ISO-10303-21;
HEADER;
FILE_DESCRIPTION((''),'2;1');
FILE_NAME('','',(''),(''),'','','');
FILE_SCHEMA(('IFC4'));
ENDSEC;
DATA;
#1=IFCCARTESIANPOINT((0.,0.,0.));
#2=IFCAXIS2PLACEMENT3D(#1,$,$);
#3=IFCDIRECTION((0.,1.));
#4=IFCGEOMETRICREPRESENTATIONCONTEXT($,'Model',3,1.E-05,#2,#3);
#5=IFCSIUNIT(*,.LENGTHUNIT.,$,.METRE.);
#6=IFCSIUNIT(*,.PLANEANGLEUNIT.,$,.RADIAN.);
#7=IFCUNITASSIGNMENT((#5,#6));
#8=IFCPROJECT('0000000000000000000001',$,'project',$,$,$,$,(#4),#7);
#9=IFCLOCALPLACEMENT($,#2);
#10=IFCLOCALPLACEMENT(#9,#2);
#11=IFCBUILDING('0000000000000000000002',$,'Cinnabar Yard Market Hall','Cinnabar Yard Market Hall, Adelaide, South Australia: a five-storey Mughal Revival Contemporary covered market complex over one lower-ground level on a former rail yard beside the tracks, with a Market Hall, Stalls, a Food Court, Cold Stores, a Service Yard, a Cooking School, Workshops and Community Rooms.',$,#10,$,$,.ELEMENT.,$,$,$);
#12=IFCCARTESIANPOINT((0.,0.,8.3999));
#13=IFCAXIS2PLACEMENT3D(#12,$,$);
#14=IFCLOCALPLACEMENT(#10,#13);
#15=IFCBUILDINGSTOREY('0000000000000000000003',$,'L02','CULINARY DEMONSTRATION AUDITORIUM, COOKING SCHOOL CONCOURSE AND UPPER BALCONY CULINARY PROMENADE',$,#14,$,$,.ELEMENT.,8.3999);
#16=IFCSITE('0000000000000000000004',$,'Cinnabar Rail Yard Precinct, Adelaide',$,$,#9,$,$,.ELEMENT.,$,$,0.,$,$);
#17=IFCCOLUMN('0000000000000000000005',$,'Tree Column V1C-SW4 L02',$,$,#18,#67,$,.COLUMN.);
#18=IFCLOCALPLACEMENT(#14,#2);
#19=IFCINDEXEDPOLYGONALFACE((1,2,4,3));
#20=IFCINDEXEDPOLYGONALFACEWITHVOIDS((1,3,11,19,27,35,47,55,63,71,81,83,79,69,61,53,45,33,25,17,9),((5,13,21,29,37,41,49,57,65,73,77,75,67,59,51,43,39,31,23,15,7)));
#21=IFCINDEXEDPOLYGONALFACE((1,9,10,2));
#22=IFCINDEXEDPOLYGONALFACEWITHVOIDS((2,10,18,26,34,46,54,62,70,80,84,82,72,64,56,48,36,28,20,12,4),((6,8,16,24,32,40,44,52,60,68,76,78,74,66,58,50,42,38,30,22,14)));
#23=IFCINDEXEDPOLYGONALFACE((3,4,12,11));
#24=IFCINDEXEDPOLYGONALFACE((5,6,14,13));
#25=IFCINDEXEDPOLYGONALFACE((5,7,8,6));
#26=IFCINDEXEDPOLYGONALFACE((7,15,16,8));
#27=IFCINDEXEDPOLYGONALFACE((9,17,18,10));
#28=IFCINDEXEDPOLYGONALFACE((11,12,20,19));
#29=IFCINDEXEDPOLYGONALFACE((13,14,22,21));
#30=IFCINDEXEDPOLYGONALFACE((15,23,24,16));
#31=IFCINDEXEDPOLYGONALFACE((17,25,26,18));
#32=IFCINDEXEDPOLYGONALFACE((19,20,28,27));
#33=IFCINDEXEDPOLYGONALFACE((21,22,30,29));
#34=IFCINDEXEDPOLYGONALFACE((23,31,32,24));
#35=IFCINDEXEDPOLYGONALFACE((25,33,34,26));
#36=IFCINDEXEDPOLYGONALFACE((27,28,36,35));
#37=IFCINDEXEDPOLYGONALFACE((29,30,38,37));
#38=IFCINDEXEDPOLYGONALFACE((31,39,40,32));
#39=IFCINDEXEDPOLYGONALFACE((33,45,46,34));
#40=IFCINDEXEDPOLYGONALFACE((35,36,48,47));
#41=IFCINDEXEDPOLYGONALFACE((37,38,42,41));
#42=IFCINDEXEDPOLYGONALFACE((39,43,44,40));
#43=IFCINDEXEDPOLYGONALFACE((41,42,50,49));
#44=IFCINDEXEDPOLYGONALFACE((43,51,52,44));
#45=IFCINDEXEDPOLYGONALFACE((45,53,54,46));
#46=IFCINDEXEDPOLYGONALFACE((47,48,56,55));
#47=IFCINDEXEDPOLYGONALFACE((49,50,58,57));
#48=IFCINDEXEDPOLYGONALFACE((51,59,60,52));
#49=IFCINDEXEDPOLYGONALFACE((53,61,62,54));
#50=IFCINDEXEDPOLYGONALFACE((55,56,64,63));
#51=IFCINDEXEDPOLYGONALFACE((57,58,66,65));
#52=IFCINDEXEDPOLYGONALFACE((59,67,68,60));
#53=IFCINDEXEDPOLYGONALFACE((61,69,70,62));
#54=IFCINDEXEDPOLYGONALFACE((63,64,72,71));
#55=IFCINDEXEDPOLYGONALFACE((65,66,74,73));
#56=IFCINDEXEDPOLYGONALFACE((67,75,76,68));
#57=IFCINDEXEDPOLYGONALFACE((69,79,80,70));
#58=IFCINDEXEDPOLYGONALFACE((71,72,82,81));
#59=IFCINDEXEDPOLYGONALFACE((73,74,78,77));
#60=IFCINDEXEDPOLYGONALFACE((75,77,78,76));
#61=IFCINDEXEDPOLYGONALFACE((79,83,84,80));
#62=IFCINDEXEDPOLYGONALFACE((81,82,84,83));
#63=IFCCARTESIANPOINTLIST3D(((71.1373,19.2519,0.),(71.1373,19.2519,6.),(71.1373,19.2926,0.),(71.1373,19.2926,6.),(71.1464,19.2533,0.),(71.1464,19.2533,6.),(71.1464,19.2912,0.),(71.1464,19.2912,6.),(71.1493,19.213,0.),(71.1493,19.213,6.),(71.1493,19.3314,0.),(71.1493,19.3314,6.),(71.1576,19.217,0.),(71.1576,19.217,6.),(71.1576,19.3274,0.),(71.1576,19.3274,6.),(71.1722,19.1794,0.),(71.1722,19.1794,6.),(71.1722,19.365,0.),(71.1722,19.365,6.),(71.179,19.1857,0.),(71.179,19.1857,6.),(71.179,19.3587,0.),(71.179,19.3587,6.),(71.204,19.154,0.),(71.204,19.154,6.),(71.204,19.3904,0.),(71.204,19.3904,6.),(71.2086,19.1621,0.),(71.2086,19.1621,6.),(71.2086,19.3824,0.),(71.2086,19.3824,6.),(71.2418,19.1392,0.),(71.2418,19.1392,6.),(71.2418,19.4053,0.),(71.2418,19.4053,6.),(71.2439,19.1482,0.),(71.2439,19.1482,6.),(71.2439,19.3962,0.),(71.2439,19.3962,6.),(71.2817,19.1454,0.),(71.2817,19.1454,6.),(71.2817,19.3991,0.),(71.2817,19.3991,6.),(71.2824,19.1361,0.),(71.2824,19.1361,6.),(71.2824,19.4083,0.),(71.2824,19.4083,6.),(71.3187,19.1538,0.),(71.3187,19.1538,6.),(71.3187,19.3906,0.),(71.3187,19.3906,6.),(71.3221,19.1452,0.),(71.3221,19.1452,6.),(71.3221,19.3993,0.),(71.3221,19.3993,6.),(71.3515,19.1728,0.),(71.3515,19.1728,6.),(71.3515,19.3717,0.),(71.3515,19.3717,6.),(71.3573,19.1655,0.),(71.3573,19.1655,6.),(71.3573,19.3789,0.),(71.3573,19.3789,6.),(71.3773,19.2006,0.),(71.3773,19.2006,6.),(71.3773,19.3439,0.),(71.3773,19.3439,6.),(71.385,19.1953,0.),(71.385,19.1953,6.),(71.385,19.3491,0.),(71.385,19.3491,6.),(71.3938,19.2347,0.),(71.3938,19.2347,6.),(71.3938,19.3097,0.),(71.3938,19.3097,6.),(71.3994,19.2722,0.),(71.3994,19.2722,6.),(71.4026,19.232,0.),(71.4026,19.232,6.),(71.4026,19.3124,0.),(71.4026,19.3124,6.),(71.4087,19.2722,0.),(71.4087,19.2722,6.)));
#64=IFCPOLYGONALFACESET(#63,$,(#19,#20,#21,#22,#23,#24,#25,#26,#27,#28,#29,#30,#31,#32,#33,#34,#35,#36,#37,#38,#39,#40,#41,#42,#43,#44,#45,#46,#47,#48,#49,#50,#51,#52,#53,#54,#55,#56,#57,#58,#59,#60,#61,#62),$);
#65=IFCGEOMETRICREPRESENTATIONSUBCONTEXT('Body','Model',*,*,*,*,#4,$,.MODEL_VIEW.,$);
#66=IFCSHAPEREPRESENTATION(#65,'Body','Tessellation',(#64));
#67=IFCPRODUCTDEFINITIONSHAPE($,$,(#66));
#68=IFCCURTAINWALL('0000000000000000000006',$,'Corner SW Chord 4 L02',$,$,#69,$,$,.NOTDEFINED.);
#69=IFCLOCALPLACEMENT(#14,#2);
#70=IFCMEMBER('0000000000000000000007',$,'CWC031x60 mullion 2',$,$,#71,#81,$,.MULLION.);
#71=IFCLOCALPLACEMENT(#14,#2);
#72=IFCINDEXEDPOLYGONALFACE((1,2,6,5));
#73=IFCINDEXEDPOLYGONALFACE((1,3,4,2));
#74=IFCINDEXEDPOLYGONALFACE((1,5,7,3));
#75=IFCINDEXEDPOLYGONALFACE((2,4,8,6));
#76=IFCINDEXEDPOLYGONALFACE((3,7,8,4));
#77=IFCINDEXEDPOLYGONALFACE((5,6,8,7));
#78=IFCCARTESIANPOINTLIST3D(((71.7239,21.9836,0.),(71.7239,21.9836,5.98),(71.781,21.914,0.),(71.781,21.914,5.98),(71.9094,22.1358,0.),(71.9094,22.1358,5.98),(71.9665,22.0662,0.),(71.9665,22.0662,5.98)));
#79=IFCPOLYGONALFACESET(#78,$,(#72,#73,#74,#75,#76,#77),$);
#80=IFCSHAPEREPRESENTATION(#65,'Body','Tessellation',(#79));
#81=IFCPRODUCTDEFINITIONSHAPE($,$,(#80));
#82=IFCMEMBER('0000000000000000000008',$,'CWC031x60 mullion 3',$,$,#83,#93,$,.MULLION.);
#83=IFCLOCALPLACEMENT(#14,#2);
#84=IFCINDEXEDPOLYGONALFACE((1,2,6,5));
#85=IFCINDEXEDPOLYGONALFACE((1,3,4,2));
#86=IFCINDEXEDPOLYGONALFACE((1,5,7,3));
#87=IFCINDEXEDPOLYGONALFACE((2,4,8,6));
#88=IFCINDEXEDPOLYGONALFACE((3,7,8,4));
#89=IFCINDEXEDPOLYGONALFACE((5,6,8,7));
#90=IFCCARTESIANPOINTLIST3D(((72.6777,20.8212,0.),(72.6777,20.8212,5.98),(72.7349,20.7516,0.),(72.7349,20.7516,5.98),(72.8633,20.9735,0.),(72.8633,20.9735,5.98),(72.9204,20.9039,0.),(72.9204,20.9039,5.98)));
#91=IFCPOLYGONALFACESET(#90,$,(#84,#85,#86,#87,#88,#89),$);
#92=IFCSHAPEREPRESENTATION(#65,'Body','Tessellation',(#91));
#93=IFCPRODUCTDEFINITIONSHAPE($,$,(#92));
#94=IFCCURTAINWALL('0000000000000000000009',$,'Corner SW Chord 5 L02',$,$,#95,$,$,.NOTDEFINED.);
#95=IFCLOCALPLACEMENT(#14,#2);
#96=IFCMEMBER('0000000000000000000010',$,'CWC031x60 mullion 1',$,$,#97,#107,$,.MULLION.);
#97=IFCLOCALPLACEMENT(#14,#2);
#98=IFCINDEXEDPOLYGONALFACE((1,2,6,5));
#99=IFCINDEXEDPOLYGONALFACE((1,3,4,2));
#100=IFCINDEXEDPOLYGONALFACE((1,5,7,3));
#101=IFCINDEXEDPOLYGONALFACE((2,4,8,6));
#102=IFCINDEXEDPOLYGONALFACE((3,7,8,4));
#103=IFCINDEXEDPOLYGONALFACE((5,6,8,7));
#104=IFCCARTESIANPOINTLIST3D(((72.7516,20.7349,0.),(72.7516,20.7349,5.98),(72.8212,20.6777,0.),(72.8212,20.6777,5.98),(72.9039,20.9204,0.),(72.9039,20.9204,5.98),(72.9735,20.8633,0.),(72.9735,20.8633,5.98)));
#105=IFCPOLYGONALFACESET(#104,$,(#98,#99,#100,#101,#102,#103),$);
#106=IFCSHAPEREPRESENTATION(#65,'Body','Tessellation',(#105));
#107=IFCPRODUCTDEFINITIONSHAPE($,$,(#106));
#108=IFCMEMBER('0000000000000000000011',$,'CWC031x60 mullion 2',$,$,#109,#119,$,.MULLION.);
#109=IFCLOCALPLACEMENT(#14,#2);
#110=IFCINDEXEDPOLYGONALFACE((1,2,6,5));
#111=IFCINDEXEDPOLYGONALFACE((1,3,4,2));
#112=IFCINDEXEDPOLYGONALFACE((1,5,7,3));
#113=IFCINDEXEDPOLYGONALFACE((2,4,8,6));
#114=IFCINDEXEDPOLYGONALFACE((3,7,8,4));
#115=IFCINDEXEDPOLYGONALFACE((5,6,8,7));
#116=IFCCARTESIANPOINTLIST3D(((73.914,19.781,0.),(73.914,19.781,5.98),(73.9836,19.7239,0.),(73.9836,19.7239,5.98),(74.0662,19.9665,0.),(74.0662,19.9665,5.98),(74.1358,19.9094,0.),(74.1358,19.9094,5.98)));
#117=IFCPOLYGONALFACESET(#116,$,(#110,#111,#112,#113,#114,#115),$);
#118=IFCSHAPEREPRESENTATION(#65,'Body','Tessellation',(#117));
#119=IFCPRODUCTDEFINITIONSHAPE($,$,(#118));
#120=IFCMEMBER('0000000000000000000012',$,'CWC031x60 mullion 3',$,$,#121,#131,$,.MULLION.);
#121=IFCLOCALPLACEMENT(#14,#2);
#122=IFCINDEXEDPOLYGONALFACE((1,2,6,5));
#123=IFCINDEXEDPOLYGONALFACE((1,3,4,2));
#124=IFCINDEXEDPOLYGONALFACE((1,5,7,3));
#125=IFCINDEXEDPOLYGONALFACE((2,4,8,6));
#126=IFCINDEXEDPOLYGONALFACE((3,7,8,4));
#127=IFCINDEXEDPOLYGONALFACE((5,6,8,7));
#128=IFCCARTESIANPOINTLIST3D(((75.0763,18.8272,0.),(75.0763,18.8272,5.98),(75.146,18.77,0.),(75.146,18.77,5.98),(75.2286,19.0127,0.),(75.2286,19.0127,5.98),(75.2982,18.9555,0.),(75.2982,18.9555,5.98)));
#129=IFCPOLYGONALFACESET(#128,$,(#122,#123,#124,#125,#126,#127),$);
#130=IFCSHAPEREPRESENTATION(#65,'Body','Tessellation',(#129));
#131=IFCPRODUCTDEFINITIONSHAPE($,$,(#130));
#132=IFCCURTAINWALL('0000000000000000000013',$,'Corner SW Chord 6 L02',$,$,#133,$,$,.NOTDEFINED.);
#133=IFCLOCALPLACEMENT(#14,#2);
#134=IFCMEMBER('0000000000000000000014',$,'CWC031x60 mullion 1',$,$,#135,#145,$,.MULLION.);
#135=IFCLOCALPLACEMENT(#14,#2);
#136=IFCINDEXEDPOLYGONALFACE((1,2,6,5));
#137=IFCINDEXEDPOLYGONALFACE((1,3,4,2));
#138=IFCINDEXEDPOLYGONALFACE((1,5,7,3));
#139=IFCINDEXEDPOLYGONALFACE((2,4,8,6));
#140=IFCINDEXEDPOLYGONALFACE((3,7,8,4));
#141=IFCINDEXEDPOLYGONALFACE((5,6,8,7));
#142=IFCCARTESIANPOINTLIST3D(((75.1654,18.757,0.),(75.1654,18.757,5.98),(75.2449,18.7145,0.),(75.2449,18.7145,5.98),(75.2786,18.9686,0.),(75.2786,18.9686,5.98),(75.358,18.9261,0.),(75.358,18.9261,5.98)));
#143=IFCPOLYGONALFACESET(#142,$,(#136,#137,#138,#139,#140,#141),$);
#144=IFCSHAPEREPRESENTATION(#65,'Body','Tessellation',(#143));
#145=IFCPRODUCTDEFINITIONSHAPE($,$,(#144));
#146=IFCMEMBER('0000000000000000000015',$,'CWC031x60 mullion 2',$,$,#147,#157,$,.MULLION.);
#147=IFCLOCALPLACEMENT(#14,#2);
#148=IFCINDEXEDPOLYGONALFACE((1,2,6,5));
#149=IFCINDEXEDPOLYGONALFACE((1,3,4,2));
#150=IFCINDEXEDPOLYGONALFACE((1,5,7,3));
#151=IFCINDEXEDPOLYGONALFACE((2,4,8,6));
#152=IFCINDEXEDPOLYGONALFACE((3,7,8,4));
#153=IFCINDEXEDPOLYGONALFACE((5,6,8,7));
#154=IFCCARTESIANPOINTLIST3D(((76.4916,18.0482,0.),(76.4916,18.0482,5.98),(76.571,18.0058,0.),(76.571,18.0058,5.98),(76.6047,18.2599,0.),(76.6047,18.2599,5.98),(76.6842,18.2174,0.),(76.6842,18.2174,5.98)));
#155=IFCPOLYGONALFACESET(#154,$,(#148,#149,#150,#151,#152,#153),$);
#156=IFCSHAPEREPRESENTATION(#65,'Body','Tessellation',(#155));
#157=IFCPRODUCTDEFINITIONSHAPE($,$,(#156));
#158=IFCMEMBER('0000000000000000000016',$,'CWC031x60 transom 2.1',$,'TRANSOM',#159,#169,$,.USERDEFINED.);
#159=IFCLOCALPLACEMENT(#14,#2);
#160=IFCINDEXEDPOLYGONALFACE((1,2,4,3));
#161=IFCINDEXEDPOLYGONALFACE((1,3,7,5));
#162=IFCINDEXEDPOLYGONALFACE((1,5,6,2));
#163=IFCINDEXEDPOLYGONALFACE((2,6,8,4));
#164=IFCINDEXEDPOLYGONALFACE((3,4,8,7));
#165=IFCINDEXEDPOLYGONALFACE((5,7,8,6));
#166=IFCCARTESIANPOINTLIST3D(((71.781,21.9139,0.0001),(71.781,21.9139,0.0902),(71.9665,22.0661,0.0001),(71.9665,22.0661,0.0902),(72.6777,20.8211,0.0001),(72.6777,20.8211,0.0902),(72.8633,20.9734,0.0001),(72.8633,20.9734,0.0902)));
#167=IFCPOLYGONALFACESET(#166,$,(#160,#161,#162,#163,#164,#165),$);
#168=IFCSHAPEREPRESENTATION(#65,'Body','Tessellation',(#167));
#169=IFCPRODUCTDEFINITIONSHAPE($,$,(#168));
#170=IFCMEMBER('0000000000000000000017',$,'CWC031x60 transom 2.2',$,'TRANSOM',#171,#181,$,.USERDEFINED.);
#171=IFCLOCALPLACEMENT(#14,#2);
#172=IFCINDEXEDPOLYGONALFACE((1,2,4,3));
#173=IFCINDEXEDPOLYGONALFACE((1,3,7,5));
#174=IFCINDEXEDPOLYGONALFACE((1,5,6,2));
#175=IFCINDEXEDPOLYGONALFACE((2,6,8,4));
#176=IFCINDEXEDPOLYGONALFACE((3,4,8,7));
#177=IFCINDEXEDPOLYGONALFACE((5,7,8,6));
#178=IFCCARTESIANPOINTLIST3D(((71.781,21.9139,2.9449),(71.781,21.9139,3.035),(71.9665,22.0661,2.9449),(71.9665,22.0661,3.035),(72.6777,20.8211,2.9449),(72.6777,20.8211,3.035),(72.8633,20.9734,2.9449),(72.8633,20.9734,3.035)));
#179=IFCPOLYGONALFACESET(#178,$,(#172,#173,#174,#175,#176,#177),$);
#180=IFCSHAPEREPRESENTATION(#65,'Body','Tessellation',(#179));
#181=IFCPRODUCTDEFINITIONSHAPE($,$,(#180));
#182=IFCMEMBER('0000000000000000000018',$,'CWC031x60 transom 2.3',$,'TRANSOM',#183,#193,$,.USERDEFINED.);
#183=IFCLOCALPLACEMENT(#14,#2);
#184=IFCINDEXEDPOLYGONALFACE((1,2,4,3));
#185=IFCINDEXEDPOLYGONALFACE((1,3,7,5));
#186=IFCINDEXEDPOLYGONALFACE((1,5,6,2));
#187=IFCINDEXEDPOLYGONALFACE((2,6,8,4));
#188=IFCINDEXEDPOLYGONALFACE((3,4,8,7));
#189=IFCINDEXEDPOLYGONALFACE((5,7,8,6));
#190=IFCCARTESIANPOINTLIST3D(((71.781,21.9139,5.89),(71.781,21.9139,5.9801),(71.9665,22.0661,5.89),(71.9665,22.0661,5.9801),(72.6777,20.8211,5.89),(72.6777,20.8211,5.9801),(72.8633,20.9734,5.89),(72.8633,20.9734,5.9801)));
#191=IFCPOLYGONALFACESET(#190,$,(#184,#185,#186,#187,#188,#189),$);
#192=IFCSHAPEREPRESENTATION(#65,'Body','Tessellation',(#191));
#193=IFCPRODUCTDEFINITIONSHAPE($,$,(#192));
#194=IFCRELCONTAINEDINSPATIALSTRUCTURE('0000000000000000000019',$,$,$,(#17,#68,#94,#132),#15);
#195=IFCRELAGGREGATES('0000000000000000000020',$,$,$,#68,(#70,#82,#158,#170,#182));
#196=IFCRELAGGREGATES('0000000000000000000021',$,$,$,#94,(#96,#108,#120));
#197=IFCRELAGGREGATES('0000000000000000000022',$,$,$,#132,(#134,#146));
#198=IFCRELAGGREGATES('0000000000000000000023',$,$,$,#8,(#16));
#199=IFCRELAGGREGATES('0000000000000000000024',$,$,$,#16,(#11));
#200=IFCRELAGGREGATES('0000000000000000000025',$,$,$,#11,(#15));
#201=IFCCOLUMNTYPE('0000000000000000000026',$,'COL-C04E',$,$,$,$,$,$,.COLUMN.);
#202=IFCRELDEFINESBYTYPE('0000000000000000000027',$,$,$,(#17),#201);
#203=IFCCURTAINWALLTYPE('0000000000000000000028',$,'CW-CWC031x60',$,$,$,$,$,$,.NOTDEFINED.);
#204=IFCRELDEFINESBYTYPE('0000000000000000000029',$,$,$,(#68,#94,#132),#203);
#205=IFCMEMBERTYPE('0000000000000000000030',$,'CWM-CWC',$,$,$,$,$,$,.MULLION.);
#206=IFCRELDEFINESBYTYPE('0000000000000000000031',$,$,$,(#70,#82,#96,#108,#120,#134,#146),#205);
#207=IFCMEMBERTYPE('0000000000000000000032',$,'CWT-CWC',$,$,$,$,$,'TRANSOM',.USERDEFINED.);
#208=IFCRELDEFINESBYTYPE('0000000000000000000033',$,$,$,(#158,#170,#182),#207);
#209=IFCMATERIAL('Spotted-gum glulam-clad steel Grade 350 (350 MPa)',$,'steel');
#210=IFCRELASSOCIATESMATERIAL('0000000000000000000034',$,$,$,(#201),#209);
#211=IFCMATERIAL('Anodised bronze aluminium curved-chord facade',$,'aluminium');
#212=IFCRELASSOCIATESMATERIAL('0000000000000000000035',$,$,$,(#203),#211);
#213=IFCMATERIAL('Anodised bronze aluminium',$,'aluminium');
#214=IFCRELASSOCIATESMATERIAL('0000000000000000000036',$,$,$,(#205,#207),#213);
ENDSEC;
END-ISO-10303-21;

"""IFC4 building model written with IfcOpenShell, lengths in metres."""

from ifc_helpers import new_model, si_unit, direction, frame, origin, origin_2d_with_axis, place, context, subcontext, project, spatial, rectangle, hollow_circle, extrude, material, material_profile, profile_set, type_object, element, aggregate, save


model = new_model("IFC4")

# Units and contexts
model_context = context("Model", 3, precision=1e-05, world=origin(), true_north=direction((0.0, 1.0)))
body_context = subcontext(model_context, "Body", "Model", "MODEL_VIEW")
ifc_project = project(units=[si_unit("LENGTHUNIT", "METRE"), si_unit("PLANEANGLEUNIT", "RADIAN")], contexts=[model_context])

# Site, building, storey
site_placement = place(None, origin())
site = spatial("IfcSite", under=ifc_project, at=site_placement, Name="Cinnabar Rail Yard Precinct, Adelaide", CompositionType="ELEMENT", RefElevation=0.0)
building_placement = place(site_placement, origin())
building = spatial("IfcBuilding", under=site, at=building_placement, Name="Cinnabar Yard Market Hall", Description="Cinnabar Yard Market Hall, Adelaide, South Australia: a five-storey Mughal Revival Contemporary covered market complex over one lower-ground level on a former rail yard beside the tracks, with a Market Hall, Stalls, a Food Court, Cold Stores, a Service Yard, a Cooking School, Workshops and Community Rooms.", CompositionType="ELEMENT")
storey_placement = place(building_placement, frame((0.0, 0.0, 8.3999)))
storey = spatial("IfcBuildingStorey", under=building, at=storey_placement, Name="L02", Description="CULINARY DEMONSTRATION AUDITORIUM, COOKING SCHOOL CONCOURSE AND UPPER BALCONY CULINARY PROMENADE", CompositionType="ELEMENT", Elevation=8.3999)

# Column
ifc_material_1 = material(Name="Spotted-gum glulam-clad steel Grade 350 (350 MPa)", Category="steel")
ifc_material_profile_1 = material_profile(ifc_material_1, hollow_circle(Radius=0.1365, WallThickness=0.0093, at=origin_2d_with_axis()), Name="273.1x9.3CHS")
ifc_profile_set_1 = profile_set([ifc_material_profile_1], Name="Spotted-gum glulam-clad steel Grade 350 (350 MPa)")
column_type = type_object("IfcColumnType", Name="COL-C04E", PredefinedType="COLUMN", material=ifc_profile_set_1)
column_placement = place(storey_placement, frame((71.2722, 19.2722, 0.0), z_axis=(0.0, 0.0, 1.0), x_axis=(1.0, 0.0, 0.0)))
element("IfcColumn", 1, at=column_placement, inside=storey, type_object=column_type, Name="Tree Column V1C-SW4 L02", PredefinedType="COLUMN", context=body_context, shape_type="SweptSolid", body=[
    extrude(hollow_circle(Radius=0.1365, WallThickness=0.0093, at=origin_2d_with_axis()), origin(), (0.0, 0.0, 1.0), 6.0),
])

# Curtain walls, members
ifc_material_2 = material(Name="Anodised bronze aluminium curved-chord facade", Category="aluminium")
curtain_wall_type = type_object("IfcCurtainWallType", Name="CW-CWC031x60", PredefinedType="NOTDEFINED", material=ifc_material_2)
curtain_wall_1_placement = place(storey_placement, origin())
curtain_wall_1 = element("IfcCurtainWall", 2, at=curtain_wall_1_placement, inside=storey, type_object=curtain_wall_type, Name="Corner SW Chord 4 L02", PredefinedType="NOTDEFINED")
ifc_material_3 = material(Name="Anodised bronze aluminium", Category="aluminium")
ifc_material_profile_2 = material_profile(ifc_material_3, rectangle(XDim=0.24, YDim=0.0901, at=origin_2d_with_axis()), Name="MUL-CWC")
ifc_profile_set_2 = profile_set([ifc_material_profile_2], Name="Anodised bronze aluminium")
member_type_1 = type_object("IfcMemberType", Name="CWM-CWC", PredefinedType="MULLION", material=ifc_profile_set_2)
member_1_placement = place(storey_placement, frame((71.8452, 22.0249, 0.0), z_axis=(0.0, 0.0, 1.0), x_axis=(0.773019, 0.634383, 0.0)))
member_1 = element("IfcMember", 3, at=member_1_placement, type_object=member_type_1, Name="CWC031x60 mullion 2", PredefinedType="MULLION", context=body_context, shape_type="SweptSolid", body=[
    extrude(rectangle(XDim=0.24, YDim=0.0901, at=origin_2d_with_axis()), origin(), (0.0, 0.0, 1.0), 5.98),
])
member_2_placement = place(storey_placement, frame((72.7991, 20.8625, 0.0), z_axis=(0.0, 0.0, 1.0), x_axis=(0.773019, 0.634383, 0.0)))
member_2 = element("IfcMember", 4, at=member_2_placement, type_object=member_type_1, Name="CWC031x60 mullion 3", PredefinedType="MULLION", context=body_context, shape_type="SweptSolid", body=[
    extrude(rectangle(XDim=0.24, YDim=0.0901, at=origin_2d_with_axis()), origin(), (0.0, 0.0, 1.0), 5.98),
])
curtain_wall_2_placement = place(storey_placement, origin())
curtain_wall_2 = element("IfcCurtainWall", 5, at=curtain_wall_2_placement, inside=storey, type_object=curtain_wall_type, Name="Corner SW Chord 5 L02", PredefinedType="NOTDEFINED")
member_3_placement = place(storey_placement, frame((72.8625, 20.7991, 0.0), z_axis=(0.0, 0.0, 1.0), x_axis=(0.634383, 0.773019, 0.0)))
member_3 = element("IfcMember", 6, at=member_3_placement, type_object=member_type_1, Name="CWC031x60 mullion 1", PredefinedType="MULLION", context=body_context, shape_type="SweptSolid", body=[
    extrude(rectangle(XDim=0.24, YDim=0.0901, at=origin_2d_with_axis()), origin(), (0.0, 0.0, 1.0), 5.98),
])
member_4_placement = place(storey_placement, frame((74.0249, 19.8452, 0.0), z_axis=(0.0, 0.0, 1.0), x_axis=(0.634383, 0.773019, 0.0)))
member_4 = element("IfcMember", 7, at=member_4_placement, type_object=member_type_1, Name="CWC031x60 mullion 2", PredefinedType="MULLION", context=body_context, shape_type="SweptSolid", body=[
    extrude(rectangle(XDim=0.24, YDim=0.0901, at=origin_2d_with_axis()), origin(), (0.0, 0.0, 1.0), 5.98),
])
member_5_placement = place(storey_placement, frame((75.1873, 18.8914, 0.0), z_axis=(0.0, 0.0, 1.0), x_axis=(0.634383, 0.773019, 0.0)))
member_5 = element("IfcMember", 8, at=member_5_placement, type_object=member_type_1, Name="CWC031x60 mullion 3", PredefinedType="MULLION", context=body_context, shape_type="SweptSolid", body=[
    extrude(rectangle(XDim=0.24, YDim=0.0901, at=origin_2d_with_axis()), origin(), (0.0, 0.0, 1.0), 5.98),
])
curtain_wall_3_placement = place(storey_placement, origin())
curtain_wall_3 = element("IfcCurtainWall", 9, at=curtain_wall_3_placement, inside=storey, type_object=curtain_wall_type, Name="Corner SW Chord 6 L02", PredefinedType="NOTDEFINED")
member_6_placement = place(storey_placement, frame((75.2617, 18.8416, 0.0), z_axis=(0.0, 0.0, 1.0), x_axis=(0.471404, 0.881917, 0.0)))
member_6 = element("IfcMember", 10, at=member_6_placement, type_object=member_type_1, Name="CWC031x60 mullion 1", PredefinedType="MULLION", context=body_context, shape_type="SweptSolid", body=[
    extrude(rectangle(XDim=0.24, YDim=0.0901, at=origin_2d_with_axis()), origin(), (0.0, 0.0, 1.0), 5.98),
])
member_7_placement = place(storey_placement, frame((76.5879, 18.1328, 0.0), z_axis=(0.0, 0.0, 1.0), x_axis=(0.471404, 0.881917, 0.0)))
member_7 = element("IfcMember", 11, at=member_7_placement, type_object=member_type_1, Name="CWC031x60 mullion 2", PredefinedType="MULLION", context=body_context, shape_type="SweptSolid", body=[
    extrude(rectangle(XDim=0.24, YDim=0.0901, at=origin_2d_with_axis()), origin(), (0.0, 0.0, 1.0), 5.98),
])

# Members
ifc_material_profile_3 = material_profile(ifc_material_3, rectangle(XDim=0.24, YDim=0.0901, at=origin_2d_with_axis()), Name="TRN-CWC")
ifc_profile_set_3 = profile_set([ifc_material_profile_3], Name="Anodised bronze aluminium")
member_type_2 = type_object("IfcMemberType", Name="CWT-CWC", ElementType="TRANSOM", PredefinedType="USERDEFINED", material=ifc_profile_set_3)
member_8_placement = place(storey_placement, frame((71.8738, 21.99, 0.0452), z_axis=(0.634356, -0.773041, 0.0), x_axis=(0.773041, 0.634356, 0.0)))
member_8 = element("IfcMember", 12, at=member_8_placement, type_object=member_type_2, Name="CWC031x60 transom 2.1", ObjectType="TRANSOM", PredefinedType="USERDEFINED", context=body_context, shape_type="SweptSolid", body=[
    extrude(rectangle(XDim=0.24, YDim=0.0901, at=origin_2d_with_axis()), origin(), (0.0, 0.0, 1.0), 1.4136),
])
member_9_placement = place(storey_placement, frame((71.8738, 21.99, 2.99), z_axis=(0.634356, -0.773041, 0.0), x_axis=(0.773041, 0.634356, 0.0)))
member_9 = element("IfcMember", 13, at=member_9_placement, type_object=member_type_2, Name="CWC031x60 transom 2.2", ObjectType="TRANSOM", PredefinedType="USERDEFINED", context=body_context, shape_type="SweptSolid", body=[
    extrude(rectangle(XDim=0.24, YDim=0.0901, at=origin_2d_with_axis()), origin(), (0.0, 0.0, 1.0), 1.4136),
])
member_10_placement = place(storey_placement, frame((71.8738, 21.99, 5.9351), z_axis=(0.634356, -0.773041, 0.0), x_axis=(0.773041, 0.634356, 0.0)))
member_10 = element("IfcMember", 14, at=member_10_placement, type_object=member_type_2, Name="CWC031x60 transom 2.3", ObjectType="TRANSOM", PredefinedType="USERDEFINED", context=body_context, shape_type="SweptSolid", body=[
    extrude(rectangle(XDim=0.24, YDim=0.0901, at=origin_2d_with_axis()), origin(), (0.0, 0.0, 1.0), 1.4136),
])

aggregate(curtain_wall_1, [member_1, member_2, member_8, member_9, member_10])
aggregate(curtain_wall_2, [member_3, member_4, member_5])
aggregate(curtain_wall_3, [member_6, member_7])

save(model, "model.ifc")
